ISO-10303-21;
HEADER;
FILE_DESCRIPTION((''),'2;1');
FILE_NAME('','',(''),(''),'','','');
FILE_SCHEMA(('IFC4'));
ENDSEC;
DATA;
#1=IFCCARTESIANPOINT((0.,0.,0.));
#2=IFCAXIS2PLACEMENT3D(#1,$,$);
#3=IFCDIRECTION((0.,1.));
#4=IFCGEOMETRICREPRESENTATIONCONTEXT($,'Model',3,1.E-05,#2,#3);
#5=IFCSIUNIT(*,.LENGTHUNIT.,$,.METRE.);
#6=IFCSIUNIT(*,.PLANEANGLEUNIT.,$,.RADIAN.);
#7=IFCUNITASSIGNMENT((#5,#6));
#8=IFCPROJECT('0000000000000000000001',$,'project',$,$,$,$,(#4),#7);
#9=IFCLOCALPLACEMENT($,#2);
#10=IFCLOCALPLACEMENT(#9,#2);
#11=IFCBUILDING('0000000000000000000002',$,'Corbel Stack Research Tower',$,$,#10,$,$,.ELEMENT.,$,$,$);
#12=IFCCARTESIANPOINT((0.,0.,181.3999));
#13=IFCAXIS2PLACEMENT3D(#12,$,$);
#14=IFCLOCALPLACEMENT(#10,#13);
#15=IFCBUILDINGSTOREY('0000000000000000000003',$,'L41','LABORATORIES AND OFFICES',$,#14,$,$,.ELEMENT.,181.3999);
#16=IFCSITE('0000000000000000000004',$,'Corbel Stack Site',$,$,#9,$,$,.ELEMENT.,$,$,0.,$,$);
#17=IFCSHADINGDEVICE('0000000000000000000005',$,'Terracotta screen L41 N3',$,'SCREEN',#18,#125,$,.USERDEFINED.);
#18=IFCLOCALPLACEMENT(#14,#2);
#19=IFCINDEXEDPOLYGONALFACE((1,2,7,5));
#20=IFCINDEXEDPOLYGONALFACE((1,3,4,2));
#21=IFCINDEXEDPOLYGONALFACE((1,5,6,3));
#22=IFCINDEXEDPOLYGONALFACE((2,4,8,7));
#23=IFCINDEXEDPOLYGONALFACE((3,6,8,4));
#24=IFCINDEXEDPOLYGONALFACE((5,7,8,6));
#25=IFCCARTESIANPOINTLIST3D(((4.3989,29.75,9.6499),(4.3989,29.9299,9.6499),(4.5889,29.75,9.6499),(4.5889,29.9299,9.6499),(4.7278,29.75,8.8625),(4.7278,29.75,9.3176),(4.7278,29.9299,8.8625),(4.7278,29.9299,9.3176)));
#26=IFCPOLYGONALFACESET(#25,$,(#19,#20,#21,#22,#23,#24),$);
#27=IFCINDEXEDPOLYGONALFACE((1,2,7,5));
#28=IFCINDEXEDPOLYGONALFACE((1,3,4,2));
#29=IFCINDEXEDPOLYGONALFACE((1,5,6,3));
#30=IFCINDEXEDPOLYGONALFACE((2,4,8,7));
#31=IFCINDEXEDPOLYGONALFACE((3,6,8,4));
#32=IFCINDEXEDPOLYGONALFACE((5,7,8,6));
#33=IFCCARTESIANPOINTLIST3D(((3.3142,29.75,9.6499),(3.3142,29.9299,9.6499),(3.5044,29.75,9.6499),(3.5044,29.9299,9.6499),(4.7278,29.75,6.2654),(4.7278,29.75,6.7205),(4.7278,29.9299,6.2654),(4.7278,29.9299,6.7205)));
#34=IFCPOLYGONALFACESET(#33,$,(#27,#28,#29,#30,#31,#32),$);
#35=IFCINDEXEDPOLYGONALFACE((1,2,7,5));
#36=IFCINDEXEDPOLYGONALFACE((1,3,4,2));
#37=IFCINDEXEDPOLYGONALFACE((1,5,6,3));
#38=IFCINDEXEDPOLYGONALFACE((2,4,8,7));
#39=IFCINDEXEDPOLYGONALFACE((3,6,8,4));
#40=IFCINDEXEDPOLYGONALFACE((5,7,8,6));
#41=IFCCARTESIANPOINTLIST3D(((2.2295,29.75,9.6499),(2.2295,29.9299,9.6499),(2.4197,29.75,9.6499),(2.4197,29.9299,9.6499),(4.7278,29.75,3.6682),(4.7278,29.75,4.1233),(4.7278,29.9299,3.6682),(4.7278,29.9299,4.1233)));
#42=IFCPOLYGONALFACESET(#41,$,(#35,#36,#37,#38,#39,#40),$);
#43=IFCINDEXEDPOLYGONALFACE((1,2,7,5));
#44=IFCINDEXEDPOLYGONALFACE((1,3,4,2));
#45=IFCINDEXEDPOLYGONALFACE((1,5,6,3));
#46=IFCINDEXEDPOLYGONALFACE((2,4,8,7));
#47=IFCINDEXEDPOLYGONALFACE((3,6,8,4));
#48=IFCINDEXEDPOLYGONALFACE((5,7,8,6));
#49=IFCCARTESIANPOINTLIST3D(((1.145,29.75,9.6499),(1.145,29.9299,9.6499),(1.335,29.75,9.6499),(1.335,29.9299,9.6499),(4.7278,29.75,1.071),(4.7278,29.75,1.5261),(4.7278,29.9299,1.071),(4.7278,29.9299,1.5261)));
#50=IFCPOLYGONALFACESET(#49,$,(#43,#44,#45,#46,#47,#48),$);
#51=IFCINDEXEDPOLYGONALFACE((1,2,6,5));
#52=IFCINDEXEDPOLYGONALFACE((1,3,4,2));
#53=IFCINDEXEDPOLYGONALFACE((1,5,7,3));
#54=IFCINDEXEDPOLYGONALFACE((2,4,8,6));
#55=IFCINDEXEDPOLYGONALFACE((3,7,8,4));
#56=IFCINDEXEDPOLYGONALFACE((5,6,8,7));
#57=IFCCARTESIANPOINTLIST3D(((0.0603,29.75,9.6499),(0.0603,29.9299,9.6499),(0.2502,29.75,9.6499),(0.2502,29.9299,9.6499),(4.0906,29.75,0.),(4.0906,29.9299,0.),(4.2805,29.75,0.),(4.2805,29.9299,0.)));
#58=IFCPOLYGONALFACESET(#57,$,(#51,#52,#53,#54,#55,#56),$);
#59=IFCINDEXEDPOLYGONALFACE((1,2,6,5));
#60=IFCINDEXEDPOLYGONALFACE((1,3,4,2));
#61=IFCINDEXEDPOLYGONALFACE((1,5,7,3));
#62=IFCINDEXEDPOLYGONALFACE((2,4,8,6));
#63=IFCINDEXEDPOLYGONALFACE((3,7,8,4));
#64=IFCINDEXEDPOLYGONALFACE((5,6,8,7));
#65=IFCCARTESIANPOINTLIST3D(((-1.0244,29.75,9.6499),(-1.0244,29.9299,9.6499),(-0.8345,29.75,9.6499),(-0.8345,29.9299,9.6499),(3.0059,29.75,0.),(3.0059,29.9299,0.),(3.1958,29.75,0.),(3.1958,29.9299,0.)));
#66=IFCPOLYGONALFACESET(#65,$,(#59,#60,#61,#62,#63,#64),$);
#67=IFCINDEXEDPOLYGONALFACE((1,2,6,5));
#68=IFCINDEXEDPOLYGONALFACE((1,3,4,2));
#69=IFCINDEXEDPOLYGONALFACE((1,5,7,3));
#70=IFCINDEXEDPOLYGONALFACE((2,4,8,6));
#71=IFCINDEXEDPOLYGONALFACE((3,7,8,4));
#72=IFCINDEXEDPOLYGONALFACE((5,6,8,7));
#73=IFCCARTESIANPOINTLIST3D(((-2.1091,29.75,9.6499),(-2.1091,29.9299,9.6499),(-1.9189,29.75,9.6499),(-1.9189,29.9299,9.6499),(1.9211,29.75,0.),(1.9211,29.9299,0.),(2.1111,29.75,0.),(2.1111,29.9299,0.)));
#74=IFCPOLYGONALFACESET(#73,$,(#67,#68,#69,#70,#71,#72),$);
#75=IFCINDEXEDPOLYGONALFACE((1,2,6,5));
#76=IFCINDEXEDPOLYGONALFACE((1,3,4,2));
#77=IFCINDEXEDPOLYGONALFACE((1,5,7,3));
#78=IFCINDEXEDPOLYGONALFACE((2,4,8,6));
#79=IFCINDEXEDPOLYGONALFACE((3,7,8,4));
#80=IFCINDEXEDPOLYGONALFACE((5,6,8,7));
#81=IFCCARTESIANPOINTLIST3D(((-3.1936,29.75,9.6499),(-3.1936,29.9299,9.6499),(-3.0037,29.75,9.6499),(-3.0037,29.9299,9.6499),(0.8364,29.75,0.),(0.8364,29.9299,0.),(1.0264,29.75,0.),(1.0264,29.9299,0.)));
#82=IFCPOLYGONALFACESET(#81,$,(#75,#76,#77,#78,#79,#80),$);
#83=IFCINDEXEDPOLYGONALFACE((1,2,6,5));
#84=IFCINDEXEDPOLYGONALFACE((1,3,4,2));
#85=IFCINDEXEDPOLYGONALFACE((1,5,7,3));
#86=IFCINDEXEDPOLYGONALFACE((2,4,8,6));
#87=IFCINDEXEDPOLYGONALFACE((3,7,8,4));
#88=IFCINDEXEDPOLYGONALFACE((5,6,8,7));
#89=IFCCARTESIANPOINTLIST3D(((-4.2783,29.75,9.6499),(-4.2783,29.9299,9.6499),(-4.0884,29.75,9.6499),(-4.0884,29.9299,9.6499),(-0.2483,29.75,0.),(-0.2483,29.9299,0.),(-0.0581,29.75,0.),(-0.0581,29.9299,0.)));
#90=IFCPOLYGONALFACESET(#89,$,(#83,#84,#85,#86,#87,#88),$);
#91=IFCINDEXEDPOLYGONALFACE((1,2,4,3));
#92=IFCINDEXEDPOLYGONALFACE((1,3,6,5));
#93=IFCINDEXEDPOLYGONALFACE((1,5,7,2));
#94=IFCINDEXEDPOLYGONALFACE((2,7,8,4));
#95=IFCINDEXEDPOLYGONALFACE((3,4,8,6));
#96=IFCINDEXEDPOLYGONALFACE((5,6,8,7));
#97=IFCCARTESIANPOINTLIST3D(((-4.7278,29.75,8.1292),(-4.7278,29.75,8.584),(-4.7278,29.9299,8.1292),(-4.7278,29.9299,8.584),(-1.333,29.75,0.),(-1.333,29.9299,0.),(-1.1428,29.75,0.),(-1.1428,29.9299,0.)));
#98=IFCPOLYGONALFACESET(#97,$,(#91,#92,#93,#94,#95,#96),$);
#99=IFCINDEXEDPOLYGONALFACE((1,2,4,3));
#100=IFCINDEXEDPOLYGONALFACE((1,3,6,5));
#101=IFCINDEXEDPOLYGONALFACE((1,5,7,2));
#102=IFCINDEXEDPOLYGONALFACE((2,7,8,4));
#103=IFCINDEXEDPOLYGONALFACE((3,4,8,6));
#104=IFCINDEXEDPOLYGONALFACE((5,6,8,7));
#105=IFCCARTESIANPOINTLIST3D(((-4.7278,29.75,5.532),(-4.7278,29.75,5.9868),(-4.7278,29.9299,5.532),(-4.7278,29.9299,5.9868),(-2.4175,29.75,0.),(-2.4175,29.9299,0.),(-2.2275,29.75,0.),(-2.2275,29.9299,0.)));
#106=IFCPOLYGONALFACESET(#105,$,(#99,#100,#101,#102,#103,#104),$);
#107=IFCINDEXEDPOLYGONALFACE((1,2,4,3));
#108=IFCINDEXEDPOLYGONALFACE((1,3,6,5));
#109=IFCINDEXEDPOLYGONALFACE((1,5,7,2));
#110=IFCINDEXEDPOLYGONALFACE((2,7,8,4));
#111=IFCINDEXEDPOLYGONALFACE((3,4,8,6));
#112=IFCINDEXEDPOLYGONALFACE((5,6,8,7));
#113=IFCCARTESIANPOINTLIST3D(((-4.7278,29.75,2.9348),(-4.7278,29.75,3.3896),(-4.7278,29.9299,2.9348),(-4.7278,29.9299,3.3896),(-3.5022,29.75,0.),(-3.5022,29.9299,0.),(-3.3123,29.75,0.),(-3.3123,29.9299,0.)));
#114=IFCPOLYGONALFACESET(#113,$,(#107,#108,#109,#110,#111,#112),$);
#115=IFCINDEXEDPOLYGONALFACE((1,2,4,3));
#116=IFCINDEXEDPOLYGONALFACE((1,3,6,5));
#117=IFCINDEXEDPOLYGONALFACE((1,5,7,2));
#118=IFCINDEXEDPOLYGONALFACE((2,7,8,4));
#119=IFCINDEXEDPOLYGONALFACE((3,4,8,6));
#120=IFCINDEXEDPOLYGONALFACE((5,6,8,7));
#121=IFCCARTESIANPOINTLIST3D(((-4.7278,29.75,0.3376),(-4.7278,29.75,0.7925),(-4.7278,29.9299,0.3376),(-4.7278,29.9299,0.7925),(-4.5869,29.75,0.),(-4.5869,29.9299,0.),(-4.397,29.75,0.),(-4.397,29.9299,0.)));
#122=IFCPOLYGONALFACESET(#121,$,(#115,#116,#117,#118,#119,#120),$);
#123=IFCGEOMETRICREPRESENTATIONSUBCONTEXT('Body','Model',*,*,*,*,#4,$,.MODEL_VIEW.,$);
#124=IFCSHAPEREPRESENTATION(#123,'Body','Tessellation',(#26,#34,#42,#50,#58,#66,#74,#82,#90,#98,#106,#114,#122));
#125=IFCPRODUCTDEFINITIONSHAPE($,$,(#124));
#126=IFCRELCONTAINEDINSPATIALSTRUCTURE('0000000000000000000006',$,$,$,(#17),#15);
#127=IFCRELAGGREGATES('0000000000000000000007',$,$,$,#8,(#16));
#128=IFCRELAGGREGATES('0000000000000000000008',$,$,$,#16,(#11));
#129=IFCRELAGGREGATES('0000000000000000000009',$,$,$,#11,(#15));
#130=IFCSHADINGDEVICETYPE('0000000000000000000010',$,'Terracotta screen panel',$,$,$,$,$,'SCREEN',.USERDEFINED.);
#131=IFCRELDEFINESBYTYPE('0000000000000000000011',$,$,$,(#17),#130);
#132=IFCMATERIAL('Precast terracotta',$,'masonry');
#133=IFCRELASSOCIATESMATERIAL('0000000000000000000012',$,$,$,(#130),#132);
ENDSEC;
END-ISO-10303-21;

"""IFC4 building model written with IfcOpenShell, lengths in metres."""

from ifc_helpers import new_model, si_unit, direction, frame, origin, place, context, subcontext, project, spatial, polyline, outline, extrude, source, transform, mapped, material, type_object, element, save


model = new_model("IFC4")

# Units and contexts
model_context = context("Model", 3, precision=1e-05, world=origin(), true_north=direction((0.0, 1.0)))
body_context = subcontext(model_context, "Body", "Model", "MODEL_VIEW")
ifc_project = project(units=[si_unit("LENGTHUNIT", "METRE"), si_unit("PLANEANGLEUNIT", "RADIAN")], contexts=[model_context])

# Site, building, storey
site_placement = place(None, origin())
site = spatial("IfcSite", under=ifc_project, at=site_placement, Name="Corbel Stack Site", CompositionType="ELEMENT", RefElevation=0.0)
building_placement = place(site_placement, origin())
building = spatial("IfcBuilding", under=site, at=building_placement, Name="Corbel Stack Research Tower", CompositionType="ELEMENT")
storey_placement = place(building_placement, frame((0.0, 0.0, 181.3999)))
storey = spatial("IfcBuildingStorey", under=building, at=storey_placement, Name="L41", Description="LABORATORIES AND OFFICES", CompositionType="ELEMENT", Elevation=181.3999)

# Shading device
ifc_material_1 = material(Name="Precast terracotta", Category="masonry")
shading_device_type = type_object("IfcShadingDeviceType", Name="Terracotta screen panel", ElementType="SCREEN", PredefinedType="USERDEFINED", material=ifc_material_1)
shared_shape_1 = source(origin(), body_context, "Body", "SweptSolid", [
    extrude(outline(polyline([(0.3289, 9.6499), (0.1389, 9.6499), (0.0, 9.3176), (0.0, 8.8625), (0.3289, 9.6499)])), frame((0.0, 0.0, 0.0), z_axis=(0.0, -1.0, 0.0), x_axis=(1.0, 0.0, 0.0)), (0.0, 0.0, 1.0), 0.1799),
    extrude(outline(polyline([(1.4136, 9.6499), (1.2234, 9.6499), (0.0, 6.7205), (0.0, 6.2654), (1.4136, 9.6499)])), frame((0.0, 0.0, 0.0), z_axis=(0.0, -1.0, 0.0), x_axis=(1.0, 0.0, 0.0)), (0.0, 0.0, 1.0), 0.1799),
    extrude(outline(polyline([(2.4983, 9.6499), (2.3081, 9.6499), (0.0, 4.1233), (0.0, 3.6682), (2.4983, 9.6499)])), frame((0.0, 0.0, 0.0), z_axis=(0.0, -1.0, 0.0), x_axis=(1.0, 0.0, 0.0)), (0.0, 0.0, 1.0), 0.1799),
    extrude(outline(polyline([(3.5828, 9.6499), (3.3928, 9.6499), (0.0, 1.5261), (0.0, 1.071), (3.5828, 9.6499)])), frame((0.0, 0.0, 0.0), z_axis=(0.0, -1.0, 0.0), x_axis=(1.0, 0.0, 0.0)), (0.0, 0.0, 1.0), 0.1799),
    extrude(outline(polyline([(0.6372, 0.0), (4.6675, 9.6499), (4.4775, 9.6499), (0.4473, 0.0), (0.6372, 0.0)])), frame((0.0, 0.0, 0.0), z_axis=(0.0, -1.0, 0.0), x_axis=(1.0, 0.0, 0.0)), (0.0, 0.0, 1.0), 0.1799),
    extrude(outline(polyline([(1.7219, 0.0), (5.7522, 9.6499), (5.5623, 9.6499), (1.532, 0.0), (1.7219, 0.0)])), frame((0.0, 0.0, 0.0), z_axis=(0.0, -1.0, 0.0), x_axis=(1.0, 0.0, 0.0)), (0.0, 0.0, 1.0), 0.1799),
    extrude(outline(polyline([(2.8066, 0.0), (6.8369, 9.6499), (6.6467, 9.6499), (2.6167, 0.0), (2.8066, 0.0)])), frame((0.0, 0.0, 0.0), z_axis=(0.0, -1.0, 0.0), x_axis=(1.0, 0.0, 0.0)), (0.0, 0.0, 1.0), 0.1799),
    extrude(outline(polyline([(3.8914, 0.0), (7.9214, 9.6499), (7.7314, 9.6499), (3.7014, 0.0), (3.8914, 0.0)])), frame((0.0, 0.0, 0.0), z_axis=(0.0, -1.0, 0.0), x_axis=(1.0, 0.0, 0.0)), (0.0, 0.0, 1.0), 0.1799),
    extrude(outline(polyline([(4.9761, 0.0), (9.0061, 9.6499), (8.8162, 9.6499), (4.7859, 0.0), (4.9761, 0.0)])), frame((0.0, 0.0, 0.0), z_axis=(0.0, -1.0, 0.0), x_axis=(1.0, 0.0, 0.0)), (0.0, 0.0, 1.0), 0.1799),
    extrude(outline(polyline([(6.0608, 0.0), (9.4556, 8.1292), (9.4556, 8.584), (5.8706, 0.0), (6.0608, 0.0)])), frame((0.0, 0.0, 0.0), z_axis=(0.0, -1.0, 0.0), x_axis=(1.0, 0.0, 0.0)), (0.0, 0.0, 1.0), 0.1799),
    extrude(outline(polyline([(7.1453, 0.0), (9.4556, 5.532), (9.4556, 5.9868), (6.9553, 0.0), (7.1453, 0.0)])), frame((0.0, 0.0, 0.0), z_axis=(0.0, -1.0, 0.0), x_axis=(1.0, 0.0, 0.0)), (0.0, 0.0, 1.0), 0.1799),
    extrude(outline(polyline([(8.23, 0.0), (9.4556, 2.9348), (9.4556, 3.3896), (8.04, 0.0), (8.23, 0.0)])), frame((0.0, 0.0, 0.0), z_axis=(0.0, -1.0, 0.0), x_axis=(1.0, 0.0, 0.0)), (0.0, 0.0, 1.0), 0.1799),
    extrude(outline(polyline([(9.3147, 0.0), (9.4556, 0.3376), (9.4556, 0.7925), (9.1248, 0.0), (9.3147, 0.0)])), frame((0.0, 0.0, 0.0), z_axis=(0.0, -1.0, 0.0), x_axis=(1.0, 0.0, 0.0)), (0.0, 0.0, 1.0), 0.1799),
])
shading_device_1_placement = place(storey_placement, frame((4.7278, 29.75, 0.0), z_axis=(0.0, 0.0, 1.0), x_axis=(-1.0, 0.0, 0.0)))
element("IfcShadingDevice", 1, at=shading_device_1_placement, inside=storey, type_object=shading_device_type, Name="Terracotta screen L41 N3", ObjectType="SCREEN", PredefinedType="USERDEFINED", context=body_context, shape_type="MappedRepresentation", body=[
    mapped(shared_shape_1, transform((0.0, 0.0, 0.0))),
])

save(model, "model.ifc")
